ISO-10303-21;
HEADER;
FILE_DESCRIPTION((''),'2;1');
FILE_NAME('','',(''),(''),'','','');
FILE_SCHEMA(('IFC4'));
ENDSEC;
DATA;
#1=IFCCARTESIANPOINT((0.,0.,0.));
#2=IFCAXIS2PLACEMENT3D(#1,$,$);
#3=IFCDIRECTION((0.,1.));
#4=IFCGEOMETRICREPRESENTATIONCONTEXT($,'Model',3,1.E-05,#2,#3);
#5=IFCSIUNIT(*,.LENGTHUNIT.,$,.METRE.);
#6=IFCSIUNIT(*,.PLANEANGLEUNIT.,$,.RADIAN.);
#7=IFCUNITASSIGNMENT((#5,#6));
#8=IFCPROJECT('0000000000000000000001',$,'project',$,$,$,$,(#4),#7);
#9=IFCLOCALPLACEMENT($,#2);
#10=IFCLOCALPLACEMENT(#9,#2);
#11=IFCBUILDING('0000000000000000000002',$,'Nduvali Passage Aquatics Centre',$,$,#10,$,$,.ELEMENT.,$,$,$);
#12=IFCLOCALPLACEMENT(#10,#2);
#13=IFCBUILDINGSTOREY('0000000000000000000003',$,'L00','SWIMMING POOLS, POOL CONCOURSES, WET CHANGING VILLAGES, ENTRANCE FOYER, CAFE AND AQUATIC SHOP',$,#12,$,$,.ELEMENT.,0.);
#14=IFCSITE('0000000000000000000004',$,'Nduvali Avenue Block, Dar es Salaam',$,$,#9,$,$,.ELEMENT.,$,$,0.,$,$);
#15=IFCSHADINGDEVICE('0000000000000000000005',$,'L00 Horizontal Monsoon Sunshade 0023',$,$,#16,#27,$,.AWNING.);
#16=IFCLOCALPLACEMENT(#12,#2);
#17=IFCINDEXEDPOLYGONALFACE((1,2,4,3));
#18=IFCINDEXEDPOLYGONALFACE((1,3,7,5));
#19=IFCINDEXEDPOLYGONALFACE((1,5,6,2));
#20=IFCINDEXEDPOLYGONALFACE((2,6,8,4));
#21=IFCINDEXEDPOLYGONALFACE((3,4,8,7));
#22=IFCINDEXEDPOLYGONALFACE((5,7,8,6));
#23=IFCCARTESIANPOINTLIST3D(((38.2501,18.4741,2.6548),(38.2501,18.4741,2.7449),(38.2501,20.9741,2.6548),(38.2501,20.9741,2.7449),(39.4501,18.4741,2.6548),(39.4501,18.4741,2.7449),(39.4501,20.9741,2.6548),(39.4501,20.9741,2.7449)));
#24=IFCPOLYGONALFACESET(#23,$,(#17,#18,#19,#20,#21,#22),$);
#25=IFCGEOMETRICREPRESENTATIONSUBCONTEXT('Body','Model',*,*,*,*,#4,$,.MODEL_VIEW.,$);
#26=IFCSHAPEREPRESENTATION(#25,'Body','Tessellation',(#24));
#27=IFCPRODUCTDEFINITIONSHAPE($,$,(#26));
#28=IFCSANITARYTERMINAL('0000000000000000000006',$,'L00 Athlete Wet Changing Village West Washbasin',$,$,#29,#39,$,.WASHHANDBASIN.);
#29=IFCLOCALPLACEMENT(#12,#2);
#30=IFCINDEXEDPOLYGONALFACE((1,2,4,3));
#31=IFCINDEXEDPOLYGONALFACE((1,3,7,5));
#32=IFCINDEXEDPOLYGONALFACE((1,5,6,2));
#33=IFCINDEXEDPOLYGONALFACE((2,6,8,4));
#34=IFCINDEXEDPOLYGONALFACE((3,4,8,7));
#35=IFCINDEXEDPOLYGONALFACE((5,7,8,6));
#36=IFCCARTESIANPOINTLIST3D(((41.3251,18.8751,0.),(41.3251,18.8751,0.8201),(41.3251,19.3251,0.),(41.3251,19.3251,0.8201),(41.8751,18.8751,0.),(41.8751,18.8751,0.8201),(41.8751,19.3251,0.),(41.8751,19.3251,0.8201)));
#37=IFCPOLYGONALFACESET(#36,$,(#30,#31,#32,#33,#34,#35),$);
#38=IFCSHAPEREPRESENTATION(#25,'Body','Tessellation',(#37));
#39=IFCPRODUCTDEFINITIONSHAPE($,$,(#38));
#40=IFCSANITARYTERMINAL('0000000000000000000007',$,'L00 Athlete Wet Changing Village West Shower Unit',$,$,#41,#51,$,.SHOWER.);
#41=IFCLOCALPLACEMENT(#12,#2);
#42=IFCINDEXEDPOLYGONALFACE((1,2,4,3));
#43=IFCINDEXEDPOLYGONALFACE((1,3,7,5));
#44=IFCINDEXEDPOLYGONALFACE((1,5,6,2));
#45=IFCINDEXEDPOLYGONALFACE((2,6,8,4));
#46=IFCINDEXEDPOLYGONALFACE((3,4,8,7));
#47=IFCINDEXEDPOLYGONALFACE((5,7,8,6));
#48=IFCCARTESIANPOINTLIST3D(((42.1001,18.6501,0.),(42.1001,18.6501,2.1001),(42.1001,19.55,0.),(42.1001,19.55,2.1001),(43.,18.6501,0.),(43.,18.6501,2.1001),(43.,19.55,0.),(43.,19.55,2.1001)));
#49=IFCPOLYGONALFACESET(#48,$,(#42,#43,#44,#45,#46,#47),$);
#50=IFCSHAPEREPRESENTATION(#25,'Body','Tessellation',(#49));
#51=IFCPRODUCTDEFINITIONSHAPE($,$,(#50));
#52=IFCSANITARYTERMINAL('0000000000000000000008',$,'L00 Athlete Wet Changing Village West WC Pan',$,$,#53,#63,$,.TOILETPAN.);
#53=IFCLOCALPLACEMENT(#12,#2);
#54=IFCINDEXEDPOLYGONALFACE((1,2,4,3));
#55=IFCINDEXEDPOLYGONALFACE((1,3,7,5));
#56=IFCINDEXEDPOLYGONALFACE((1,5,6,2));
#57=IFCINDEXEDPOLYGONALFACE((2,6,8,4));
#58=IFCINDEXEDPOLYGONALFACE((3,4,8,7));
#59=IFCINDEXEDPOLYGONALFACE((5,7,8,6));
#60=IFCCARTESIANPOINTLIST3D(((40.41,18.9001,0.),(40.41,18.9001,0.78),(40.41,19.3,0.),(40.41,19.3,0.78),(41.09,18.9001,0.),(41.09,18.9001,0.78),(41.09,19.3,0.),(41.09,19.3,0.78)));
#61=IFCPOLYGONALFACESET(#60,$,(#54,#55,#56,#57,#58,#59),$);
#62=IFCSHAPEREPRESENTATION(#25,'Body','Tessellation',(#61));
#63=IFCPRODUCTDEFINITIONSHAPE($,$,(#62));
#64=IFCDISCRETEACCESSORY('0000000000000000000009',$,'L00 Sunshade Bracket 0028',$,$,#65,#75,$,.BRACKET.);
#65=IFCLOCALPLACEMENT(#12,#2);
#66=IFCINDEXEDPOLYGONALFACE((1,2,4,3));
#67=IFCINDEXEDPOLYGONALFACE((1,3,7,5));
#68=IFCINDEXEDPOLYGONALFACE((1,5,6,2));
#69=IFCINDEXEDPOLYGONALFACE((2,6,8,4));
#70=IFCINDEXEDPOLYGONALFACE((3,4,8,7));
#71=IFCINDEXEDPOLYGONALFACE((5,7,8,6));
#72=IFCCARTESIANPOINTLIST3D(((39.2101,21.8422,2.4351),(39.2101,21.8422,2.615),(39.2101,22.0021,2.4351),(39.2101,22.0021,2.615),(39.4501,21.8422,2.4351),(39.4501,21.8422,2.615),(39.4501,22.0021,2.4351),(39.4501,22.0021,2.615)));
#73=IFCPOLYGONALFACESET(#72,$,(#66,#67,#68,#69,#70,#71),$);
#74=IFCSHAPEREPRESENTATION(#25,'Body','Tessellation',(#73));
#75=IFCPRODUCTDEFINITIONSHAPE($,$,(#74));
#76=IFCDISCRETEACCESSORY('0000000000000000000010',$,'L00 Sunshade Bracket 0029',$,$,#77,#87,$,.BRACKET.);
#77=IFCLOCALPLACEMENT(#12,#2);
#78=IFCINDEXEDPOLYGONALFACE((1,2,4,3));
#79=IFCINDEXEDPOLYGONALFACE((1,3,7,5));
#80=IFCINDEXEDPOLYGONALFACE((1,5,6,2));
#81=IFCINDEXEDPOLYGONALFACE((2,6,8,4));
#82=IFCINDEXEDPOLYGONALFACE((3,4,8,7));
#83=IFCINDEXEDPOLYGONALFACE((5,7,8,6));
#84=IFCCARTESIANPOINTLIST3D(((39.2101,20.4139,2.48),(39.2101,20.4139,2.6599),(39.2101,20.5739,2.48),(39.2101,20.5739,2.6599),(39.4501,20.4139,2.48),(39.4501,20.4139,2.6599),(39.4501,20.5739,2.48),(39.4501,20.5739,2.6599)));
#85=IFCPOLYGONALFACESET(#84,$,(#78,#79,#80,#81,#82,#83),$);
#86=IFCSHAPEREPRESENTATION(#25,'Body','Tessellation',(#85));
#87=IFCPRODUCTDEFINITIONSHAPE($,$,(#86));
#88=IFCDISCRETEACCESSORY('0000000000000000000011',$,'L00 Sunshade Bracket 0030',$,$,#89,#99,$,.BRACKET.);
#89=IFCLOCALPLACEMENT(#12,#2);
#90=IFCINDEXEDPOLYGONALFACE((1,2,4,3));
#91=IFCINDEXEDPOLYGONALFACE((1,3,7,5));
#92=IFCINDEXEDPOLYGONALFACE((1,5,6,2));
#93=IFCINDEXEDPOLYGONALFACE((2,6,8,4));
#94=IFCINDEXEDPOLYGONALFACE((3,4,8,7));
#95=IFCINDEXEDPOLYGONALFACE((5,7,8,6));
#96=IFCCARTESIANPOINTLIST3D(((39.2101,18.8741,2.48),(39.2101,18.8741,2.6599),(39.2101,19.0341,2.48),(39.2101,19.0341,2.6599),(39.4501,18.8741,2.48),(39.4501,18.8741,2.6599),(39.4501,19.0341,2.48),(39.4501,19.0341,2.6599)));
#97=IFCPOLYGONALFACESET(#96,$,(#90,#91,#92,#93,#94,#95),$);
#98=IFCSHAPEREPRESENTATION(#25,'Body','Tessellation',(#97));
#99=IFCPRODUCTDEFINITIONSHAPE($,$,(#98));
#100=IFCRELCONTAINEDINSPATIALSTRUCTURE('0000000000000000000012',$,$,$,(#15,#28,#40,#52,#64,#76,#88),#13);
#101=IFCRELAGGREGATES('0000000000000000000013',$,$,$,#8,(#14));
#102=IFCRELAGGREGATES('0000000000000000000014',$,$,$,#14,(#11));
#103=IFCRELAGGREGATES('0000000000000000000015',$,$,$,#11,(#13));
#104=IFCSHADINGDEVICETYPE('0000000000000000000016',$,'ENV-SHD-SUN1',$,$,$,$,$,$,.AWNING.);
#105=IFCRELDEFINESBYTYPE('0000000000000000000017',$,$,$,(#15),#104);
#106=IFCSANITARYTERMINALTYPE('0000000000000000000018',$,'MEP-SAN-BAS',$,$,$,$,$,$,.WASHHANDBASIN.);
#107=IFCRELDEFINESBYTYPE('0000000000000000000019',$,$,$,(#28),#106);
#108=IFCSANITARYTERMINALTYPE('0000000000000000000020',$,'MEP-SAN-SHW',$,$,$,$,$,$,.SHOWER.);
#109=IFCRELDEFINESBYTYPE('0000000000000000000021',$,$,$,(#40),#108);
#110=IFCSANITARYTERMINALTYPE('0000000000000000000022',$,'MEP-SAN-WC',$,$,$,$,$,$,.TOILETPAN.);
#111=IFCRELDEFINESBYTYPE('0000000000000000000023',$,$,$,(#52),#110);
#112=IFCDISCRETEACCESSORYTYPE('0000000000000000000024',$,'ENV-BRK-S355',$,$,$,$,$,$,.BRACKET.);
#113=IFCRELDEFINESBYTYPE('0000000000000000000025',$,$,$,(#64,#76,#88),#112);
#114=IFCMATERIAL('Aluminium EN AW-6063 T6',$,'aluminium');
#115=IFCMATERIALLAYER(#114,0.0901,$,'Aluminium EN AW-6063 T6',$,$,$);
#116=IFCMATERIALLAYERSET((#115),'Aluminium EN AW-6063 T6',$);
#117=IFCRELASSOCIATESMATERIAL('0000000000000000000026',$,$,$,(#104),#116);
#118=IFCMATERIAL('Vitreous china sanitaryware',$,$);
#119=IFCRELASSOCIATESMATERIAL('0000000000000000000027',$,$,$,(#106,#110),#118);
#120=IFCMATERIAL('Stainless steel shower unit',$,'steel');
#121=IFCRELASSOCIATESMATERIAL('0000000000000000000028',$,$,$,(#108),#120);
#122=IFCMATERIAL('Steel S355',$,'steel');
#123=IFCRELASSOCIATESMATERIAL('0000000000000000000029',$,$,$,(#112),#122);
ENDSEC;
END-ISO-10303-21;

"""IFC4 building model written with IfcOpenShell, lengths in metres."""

from ifc_helpers import new_model, si_unit, direction, frame, origin, origin_2d, place, context, subcontext, project, spatial, rectangle, extrude, material, layer, layer_set, type_object, element, save


model = new_model("IFC4")

# Units and contexts
model_context = context("Model", 3, precision=1e-05, world=origin(), true_north=direction((0.0, 1.0)))
body_context = subcontext(model_context, "Body", "Model", "MODEL_VIEW")
ifc_project = project(units=[si_unit("LENGTHUNIT", "METRE"), si_unit("PLANEANGLEUNIT", "RADIAN")], contexts=[model_context])

# Site, building, storey
site_placement = place(None, origin())
site = spatial("IfcSite", under=ifc_project, at=site_placement, Name="Nduvali Avenue Block, Dar es Salaam", CompositionType="ELEMENT", RefElevation=0.0)
building_placement = place(site_placement, origin())
building = spatial("IfcBuilding", under=site, at=building_placement, Name="Nduvali Passage Aquatics Centre", CompositionType="ELEMENT")
storey_placement = place(building_placement, origin())
storey = spatial("IfcBuildingStorey", under=building, at=storey_placement, Name="L00", Description="SWIMMING POOLS, POOL CONCOURSES, WET CHANGING VILLAGES, ENTRANCE FOYER, CAFE AND AQUATIC SHOP", CompositionType="ELEMENT", Elevation=0.0)

# Shading device
ifc_material_1 = material(Name="Aluminium EN AW-6063 T6", Category="aluminium")
ifc_layer_1 = layer(ifc_material_1, 0.0901, Name="Aluminium EN AW-6063 T6")
ifc_layer_set_1 = layer_set([ifc_layer_1], Name="Aluminium EN AW-6063 T6")
shading_device_type = type_object("IfcShadingDeviceType", Name="ENV-SHD-SUN1", PredefinedType="AWNING", material=ifc_layer_set_1)
shading_device_placement = place(storey_placement, frame((38.8501, 19.7241, 2.6548), z_axis=(0.0, 0.0, 1.0), x_axis=(0.0, -1.0, 0.0)))
element("IfcShadingDevice", 1, at=shading_device_placement, inside=storey, type_object=shading_device_type, Name="L00 Horizontal Monsoon Sunshade 0023", PredefinedType="AWNING", context=body_context, shape_type="SweptSolid", body=[
    extrude(rectangle(XDim=2.5, YDim=1.2, at=origin_2d()), origin(), (0.0, 0.0, 1.0), 0.0901),
])

# Sanitary terminals
ifc_material_2 = material(Name="Vitreous china sanitaryware")
sanitary_terminal_type_1 = type_object("IfcSanitaryTerminalType", Name="MEP-SAN-BAS", PredefinedType="WASHHANDBASIN", material=ifc_material_2)
sanitary_terminal_1_placement = place(storey_placement, frame((41.6001, 19.1001, 0.0), z_axis=(0.0, 0.0, 1.0), x_axis=(1.0, 0.0, 0.0)))
element("IfcSanitaryTerminal", 2, at=sanitary_terminal_1_placement, inside=storey, type_object=sanitary_terminal_type_1, Name="L00 Athlete Wet Changing Village West Washbasin", PredefinedType="WASHHANDBASIN", context=body_context, shape_type="SweptSolid", body=[
    extrude(rectangle(XDim=0.55, YDim=0.45, at=origin_2d()), origin(), (0.0, 0.0, 1.0), 0.8201),
])
ifc_material_3 = material(Name="Stainless steel shower unit", Category="steel")
sanitary_terminal_type_2 = type_object("IfcSanitaryTerminalType", Name="MEP-SAN-SHW", PredefinedType="SHOWER", material=ifc_material_3)
sanitary_terminal_2_placement = place(storey_placement, frame((42.55, 19.1001, 0.0), z_axis=(0.0, 0.0, 1.0), x_axis=(1.0, 0.0, 0.0)))
element("IfcSanitaryTerminal", 3, at=sanitary_terminal_2_placement, inside=storey, type_object=sanitary_terminal_type_2, Name="L00 Athlete Wet Changing Village West Shower Unit", PredefinedType="SHOWER", context=body_context, shape_type="SweptSolid", body=[
    extrude(rectangle(XDim=0.8999, YDim=0.8999, at=origin_2d()), origin(), (0.0, 0.0, 1.0), 2.1001),
])
sanitary_terminal_type_3 = type_object("IfcSanitaryTerminalType", Name="MEP-SAN-WC", PredefinedType="TOILETPAN", material=ifc_material_2)
sanitary_terminal_3_placement = place(storey_placement, frame((40.75, 19.1001, 0.0), z_axis=(0.0, 0.0, 1.0), x_axis=(1.0, 0.0, 0.0)))
element("IfcSanitaryTerminal", 4, at=sanitary_terminal_3_placement, inside=storey, type_object=sanitary_terminal_type_3, Name="L00 Athlete Wet Changing Village West WC Pan", PredefinedType="TOILETPAN", context=body_context, shape_type="SweptSolid", body=[
    extrude(rectangle(XDim=0.6799, YDim=0.3999, at=origin_2d()), origin(), (0.0, 0.0, 1.0), 0.78),
])

# Discrete accessories
ifc_material_4 = material(Name="Steel S355", Category="steel")
discrete_accessory_type = type_object("IfcDiscreteAccessoryType", Name="ENV-BRK-S355", PredefinedType="BRACKET", material=ifc_material_4)
for number, where, z_axis, x_axis, name in (
    (5, (39.3301, 21.9221, 2.4351), (0.0, 0.0, 1.0), (0.0, -1.0, 0.0), "L00 Sunshade Bracket 0028"),
    (6, (39.3301, 20.4939, 2.48), (0.0, 0.0, 1.0), (0.0, -1.0, 0.0), "L00 Sunshade Bracket 0029"),
    (7, (39.3301, 18.9541, 2.48), (0.0, 0.0, 1.0), (0.0, -1.0, 0.0), "L00 Sunshade Bracket 0030"),
):
    element("IfcDiscreteAccessory", number, at=place(storey_placement, frame(where, z_axis=z_axis, x_axis=x_axis)), inside=storey, type_object=discrete_accessory_type, Name=name, PredefinedType="BRACKET", context=body_context, shape_type="SweptSolid", body=[
        extrude(rectangle(XDim=0.1599, YDim=0.24, at=origin_2d()), origin(), (0.0, 0.0, 1.0), 0.1799),
    ])

save(model, "model.ifc")
